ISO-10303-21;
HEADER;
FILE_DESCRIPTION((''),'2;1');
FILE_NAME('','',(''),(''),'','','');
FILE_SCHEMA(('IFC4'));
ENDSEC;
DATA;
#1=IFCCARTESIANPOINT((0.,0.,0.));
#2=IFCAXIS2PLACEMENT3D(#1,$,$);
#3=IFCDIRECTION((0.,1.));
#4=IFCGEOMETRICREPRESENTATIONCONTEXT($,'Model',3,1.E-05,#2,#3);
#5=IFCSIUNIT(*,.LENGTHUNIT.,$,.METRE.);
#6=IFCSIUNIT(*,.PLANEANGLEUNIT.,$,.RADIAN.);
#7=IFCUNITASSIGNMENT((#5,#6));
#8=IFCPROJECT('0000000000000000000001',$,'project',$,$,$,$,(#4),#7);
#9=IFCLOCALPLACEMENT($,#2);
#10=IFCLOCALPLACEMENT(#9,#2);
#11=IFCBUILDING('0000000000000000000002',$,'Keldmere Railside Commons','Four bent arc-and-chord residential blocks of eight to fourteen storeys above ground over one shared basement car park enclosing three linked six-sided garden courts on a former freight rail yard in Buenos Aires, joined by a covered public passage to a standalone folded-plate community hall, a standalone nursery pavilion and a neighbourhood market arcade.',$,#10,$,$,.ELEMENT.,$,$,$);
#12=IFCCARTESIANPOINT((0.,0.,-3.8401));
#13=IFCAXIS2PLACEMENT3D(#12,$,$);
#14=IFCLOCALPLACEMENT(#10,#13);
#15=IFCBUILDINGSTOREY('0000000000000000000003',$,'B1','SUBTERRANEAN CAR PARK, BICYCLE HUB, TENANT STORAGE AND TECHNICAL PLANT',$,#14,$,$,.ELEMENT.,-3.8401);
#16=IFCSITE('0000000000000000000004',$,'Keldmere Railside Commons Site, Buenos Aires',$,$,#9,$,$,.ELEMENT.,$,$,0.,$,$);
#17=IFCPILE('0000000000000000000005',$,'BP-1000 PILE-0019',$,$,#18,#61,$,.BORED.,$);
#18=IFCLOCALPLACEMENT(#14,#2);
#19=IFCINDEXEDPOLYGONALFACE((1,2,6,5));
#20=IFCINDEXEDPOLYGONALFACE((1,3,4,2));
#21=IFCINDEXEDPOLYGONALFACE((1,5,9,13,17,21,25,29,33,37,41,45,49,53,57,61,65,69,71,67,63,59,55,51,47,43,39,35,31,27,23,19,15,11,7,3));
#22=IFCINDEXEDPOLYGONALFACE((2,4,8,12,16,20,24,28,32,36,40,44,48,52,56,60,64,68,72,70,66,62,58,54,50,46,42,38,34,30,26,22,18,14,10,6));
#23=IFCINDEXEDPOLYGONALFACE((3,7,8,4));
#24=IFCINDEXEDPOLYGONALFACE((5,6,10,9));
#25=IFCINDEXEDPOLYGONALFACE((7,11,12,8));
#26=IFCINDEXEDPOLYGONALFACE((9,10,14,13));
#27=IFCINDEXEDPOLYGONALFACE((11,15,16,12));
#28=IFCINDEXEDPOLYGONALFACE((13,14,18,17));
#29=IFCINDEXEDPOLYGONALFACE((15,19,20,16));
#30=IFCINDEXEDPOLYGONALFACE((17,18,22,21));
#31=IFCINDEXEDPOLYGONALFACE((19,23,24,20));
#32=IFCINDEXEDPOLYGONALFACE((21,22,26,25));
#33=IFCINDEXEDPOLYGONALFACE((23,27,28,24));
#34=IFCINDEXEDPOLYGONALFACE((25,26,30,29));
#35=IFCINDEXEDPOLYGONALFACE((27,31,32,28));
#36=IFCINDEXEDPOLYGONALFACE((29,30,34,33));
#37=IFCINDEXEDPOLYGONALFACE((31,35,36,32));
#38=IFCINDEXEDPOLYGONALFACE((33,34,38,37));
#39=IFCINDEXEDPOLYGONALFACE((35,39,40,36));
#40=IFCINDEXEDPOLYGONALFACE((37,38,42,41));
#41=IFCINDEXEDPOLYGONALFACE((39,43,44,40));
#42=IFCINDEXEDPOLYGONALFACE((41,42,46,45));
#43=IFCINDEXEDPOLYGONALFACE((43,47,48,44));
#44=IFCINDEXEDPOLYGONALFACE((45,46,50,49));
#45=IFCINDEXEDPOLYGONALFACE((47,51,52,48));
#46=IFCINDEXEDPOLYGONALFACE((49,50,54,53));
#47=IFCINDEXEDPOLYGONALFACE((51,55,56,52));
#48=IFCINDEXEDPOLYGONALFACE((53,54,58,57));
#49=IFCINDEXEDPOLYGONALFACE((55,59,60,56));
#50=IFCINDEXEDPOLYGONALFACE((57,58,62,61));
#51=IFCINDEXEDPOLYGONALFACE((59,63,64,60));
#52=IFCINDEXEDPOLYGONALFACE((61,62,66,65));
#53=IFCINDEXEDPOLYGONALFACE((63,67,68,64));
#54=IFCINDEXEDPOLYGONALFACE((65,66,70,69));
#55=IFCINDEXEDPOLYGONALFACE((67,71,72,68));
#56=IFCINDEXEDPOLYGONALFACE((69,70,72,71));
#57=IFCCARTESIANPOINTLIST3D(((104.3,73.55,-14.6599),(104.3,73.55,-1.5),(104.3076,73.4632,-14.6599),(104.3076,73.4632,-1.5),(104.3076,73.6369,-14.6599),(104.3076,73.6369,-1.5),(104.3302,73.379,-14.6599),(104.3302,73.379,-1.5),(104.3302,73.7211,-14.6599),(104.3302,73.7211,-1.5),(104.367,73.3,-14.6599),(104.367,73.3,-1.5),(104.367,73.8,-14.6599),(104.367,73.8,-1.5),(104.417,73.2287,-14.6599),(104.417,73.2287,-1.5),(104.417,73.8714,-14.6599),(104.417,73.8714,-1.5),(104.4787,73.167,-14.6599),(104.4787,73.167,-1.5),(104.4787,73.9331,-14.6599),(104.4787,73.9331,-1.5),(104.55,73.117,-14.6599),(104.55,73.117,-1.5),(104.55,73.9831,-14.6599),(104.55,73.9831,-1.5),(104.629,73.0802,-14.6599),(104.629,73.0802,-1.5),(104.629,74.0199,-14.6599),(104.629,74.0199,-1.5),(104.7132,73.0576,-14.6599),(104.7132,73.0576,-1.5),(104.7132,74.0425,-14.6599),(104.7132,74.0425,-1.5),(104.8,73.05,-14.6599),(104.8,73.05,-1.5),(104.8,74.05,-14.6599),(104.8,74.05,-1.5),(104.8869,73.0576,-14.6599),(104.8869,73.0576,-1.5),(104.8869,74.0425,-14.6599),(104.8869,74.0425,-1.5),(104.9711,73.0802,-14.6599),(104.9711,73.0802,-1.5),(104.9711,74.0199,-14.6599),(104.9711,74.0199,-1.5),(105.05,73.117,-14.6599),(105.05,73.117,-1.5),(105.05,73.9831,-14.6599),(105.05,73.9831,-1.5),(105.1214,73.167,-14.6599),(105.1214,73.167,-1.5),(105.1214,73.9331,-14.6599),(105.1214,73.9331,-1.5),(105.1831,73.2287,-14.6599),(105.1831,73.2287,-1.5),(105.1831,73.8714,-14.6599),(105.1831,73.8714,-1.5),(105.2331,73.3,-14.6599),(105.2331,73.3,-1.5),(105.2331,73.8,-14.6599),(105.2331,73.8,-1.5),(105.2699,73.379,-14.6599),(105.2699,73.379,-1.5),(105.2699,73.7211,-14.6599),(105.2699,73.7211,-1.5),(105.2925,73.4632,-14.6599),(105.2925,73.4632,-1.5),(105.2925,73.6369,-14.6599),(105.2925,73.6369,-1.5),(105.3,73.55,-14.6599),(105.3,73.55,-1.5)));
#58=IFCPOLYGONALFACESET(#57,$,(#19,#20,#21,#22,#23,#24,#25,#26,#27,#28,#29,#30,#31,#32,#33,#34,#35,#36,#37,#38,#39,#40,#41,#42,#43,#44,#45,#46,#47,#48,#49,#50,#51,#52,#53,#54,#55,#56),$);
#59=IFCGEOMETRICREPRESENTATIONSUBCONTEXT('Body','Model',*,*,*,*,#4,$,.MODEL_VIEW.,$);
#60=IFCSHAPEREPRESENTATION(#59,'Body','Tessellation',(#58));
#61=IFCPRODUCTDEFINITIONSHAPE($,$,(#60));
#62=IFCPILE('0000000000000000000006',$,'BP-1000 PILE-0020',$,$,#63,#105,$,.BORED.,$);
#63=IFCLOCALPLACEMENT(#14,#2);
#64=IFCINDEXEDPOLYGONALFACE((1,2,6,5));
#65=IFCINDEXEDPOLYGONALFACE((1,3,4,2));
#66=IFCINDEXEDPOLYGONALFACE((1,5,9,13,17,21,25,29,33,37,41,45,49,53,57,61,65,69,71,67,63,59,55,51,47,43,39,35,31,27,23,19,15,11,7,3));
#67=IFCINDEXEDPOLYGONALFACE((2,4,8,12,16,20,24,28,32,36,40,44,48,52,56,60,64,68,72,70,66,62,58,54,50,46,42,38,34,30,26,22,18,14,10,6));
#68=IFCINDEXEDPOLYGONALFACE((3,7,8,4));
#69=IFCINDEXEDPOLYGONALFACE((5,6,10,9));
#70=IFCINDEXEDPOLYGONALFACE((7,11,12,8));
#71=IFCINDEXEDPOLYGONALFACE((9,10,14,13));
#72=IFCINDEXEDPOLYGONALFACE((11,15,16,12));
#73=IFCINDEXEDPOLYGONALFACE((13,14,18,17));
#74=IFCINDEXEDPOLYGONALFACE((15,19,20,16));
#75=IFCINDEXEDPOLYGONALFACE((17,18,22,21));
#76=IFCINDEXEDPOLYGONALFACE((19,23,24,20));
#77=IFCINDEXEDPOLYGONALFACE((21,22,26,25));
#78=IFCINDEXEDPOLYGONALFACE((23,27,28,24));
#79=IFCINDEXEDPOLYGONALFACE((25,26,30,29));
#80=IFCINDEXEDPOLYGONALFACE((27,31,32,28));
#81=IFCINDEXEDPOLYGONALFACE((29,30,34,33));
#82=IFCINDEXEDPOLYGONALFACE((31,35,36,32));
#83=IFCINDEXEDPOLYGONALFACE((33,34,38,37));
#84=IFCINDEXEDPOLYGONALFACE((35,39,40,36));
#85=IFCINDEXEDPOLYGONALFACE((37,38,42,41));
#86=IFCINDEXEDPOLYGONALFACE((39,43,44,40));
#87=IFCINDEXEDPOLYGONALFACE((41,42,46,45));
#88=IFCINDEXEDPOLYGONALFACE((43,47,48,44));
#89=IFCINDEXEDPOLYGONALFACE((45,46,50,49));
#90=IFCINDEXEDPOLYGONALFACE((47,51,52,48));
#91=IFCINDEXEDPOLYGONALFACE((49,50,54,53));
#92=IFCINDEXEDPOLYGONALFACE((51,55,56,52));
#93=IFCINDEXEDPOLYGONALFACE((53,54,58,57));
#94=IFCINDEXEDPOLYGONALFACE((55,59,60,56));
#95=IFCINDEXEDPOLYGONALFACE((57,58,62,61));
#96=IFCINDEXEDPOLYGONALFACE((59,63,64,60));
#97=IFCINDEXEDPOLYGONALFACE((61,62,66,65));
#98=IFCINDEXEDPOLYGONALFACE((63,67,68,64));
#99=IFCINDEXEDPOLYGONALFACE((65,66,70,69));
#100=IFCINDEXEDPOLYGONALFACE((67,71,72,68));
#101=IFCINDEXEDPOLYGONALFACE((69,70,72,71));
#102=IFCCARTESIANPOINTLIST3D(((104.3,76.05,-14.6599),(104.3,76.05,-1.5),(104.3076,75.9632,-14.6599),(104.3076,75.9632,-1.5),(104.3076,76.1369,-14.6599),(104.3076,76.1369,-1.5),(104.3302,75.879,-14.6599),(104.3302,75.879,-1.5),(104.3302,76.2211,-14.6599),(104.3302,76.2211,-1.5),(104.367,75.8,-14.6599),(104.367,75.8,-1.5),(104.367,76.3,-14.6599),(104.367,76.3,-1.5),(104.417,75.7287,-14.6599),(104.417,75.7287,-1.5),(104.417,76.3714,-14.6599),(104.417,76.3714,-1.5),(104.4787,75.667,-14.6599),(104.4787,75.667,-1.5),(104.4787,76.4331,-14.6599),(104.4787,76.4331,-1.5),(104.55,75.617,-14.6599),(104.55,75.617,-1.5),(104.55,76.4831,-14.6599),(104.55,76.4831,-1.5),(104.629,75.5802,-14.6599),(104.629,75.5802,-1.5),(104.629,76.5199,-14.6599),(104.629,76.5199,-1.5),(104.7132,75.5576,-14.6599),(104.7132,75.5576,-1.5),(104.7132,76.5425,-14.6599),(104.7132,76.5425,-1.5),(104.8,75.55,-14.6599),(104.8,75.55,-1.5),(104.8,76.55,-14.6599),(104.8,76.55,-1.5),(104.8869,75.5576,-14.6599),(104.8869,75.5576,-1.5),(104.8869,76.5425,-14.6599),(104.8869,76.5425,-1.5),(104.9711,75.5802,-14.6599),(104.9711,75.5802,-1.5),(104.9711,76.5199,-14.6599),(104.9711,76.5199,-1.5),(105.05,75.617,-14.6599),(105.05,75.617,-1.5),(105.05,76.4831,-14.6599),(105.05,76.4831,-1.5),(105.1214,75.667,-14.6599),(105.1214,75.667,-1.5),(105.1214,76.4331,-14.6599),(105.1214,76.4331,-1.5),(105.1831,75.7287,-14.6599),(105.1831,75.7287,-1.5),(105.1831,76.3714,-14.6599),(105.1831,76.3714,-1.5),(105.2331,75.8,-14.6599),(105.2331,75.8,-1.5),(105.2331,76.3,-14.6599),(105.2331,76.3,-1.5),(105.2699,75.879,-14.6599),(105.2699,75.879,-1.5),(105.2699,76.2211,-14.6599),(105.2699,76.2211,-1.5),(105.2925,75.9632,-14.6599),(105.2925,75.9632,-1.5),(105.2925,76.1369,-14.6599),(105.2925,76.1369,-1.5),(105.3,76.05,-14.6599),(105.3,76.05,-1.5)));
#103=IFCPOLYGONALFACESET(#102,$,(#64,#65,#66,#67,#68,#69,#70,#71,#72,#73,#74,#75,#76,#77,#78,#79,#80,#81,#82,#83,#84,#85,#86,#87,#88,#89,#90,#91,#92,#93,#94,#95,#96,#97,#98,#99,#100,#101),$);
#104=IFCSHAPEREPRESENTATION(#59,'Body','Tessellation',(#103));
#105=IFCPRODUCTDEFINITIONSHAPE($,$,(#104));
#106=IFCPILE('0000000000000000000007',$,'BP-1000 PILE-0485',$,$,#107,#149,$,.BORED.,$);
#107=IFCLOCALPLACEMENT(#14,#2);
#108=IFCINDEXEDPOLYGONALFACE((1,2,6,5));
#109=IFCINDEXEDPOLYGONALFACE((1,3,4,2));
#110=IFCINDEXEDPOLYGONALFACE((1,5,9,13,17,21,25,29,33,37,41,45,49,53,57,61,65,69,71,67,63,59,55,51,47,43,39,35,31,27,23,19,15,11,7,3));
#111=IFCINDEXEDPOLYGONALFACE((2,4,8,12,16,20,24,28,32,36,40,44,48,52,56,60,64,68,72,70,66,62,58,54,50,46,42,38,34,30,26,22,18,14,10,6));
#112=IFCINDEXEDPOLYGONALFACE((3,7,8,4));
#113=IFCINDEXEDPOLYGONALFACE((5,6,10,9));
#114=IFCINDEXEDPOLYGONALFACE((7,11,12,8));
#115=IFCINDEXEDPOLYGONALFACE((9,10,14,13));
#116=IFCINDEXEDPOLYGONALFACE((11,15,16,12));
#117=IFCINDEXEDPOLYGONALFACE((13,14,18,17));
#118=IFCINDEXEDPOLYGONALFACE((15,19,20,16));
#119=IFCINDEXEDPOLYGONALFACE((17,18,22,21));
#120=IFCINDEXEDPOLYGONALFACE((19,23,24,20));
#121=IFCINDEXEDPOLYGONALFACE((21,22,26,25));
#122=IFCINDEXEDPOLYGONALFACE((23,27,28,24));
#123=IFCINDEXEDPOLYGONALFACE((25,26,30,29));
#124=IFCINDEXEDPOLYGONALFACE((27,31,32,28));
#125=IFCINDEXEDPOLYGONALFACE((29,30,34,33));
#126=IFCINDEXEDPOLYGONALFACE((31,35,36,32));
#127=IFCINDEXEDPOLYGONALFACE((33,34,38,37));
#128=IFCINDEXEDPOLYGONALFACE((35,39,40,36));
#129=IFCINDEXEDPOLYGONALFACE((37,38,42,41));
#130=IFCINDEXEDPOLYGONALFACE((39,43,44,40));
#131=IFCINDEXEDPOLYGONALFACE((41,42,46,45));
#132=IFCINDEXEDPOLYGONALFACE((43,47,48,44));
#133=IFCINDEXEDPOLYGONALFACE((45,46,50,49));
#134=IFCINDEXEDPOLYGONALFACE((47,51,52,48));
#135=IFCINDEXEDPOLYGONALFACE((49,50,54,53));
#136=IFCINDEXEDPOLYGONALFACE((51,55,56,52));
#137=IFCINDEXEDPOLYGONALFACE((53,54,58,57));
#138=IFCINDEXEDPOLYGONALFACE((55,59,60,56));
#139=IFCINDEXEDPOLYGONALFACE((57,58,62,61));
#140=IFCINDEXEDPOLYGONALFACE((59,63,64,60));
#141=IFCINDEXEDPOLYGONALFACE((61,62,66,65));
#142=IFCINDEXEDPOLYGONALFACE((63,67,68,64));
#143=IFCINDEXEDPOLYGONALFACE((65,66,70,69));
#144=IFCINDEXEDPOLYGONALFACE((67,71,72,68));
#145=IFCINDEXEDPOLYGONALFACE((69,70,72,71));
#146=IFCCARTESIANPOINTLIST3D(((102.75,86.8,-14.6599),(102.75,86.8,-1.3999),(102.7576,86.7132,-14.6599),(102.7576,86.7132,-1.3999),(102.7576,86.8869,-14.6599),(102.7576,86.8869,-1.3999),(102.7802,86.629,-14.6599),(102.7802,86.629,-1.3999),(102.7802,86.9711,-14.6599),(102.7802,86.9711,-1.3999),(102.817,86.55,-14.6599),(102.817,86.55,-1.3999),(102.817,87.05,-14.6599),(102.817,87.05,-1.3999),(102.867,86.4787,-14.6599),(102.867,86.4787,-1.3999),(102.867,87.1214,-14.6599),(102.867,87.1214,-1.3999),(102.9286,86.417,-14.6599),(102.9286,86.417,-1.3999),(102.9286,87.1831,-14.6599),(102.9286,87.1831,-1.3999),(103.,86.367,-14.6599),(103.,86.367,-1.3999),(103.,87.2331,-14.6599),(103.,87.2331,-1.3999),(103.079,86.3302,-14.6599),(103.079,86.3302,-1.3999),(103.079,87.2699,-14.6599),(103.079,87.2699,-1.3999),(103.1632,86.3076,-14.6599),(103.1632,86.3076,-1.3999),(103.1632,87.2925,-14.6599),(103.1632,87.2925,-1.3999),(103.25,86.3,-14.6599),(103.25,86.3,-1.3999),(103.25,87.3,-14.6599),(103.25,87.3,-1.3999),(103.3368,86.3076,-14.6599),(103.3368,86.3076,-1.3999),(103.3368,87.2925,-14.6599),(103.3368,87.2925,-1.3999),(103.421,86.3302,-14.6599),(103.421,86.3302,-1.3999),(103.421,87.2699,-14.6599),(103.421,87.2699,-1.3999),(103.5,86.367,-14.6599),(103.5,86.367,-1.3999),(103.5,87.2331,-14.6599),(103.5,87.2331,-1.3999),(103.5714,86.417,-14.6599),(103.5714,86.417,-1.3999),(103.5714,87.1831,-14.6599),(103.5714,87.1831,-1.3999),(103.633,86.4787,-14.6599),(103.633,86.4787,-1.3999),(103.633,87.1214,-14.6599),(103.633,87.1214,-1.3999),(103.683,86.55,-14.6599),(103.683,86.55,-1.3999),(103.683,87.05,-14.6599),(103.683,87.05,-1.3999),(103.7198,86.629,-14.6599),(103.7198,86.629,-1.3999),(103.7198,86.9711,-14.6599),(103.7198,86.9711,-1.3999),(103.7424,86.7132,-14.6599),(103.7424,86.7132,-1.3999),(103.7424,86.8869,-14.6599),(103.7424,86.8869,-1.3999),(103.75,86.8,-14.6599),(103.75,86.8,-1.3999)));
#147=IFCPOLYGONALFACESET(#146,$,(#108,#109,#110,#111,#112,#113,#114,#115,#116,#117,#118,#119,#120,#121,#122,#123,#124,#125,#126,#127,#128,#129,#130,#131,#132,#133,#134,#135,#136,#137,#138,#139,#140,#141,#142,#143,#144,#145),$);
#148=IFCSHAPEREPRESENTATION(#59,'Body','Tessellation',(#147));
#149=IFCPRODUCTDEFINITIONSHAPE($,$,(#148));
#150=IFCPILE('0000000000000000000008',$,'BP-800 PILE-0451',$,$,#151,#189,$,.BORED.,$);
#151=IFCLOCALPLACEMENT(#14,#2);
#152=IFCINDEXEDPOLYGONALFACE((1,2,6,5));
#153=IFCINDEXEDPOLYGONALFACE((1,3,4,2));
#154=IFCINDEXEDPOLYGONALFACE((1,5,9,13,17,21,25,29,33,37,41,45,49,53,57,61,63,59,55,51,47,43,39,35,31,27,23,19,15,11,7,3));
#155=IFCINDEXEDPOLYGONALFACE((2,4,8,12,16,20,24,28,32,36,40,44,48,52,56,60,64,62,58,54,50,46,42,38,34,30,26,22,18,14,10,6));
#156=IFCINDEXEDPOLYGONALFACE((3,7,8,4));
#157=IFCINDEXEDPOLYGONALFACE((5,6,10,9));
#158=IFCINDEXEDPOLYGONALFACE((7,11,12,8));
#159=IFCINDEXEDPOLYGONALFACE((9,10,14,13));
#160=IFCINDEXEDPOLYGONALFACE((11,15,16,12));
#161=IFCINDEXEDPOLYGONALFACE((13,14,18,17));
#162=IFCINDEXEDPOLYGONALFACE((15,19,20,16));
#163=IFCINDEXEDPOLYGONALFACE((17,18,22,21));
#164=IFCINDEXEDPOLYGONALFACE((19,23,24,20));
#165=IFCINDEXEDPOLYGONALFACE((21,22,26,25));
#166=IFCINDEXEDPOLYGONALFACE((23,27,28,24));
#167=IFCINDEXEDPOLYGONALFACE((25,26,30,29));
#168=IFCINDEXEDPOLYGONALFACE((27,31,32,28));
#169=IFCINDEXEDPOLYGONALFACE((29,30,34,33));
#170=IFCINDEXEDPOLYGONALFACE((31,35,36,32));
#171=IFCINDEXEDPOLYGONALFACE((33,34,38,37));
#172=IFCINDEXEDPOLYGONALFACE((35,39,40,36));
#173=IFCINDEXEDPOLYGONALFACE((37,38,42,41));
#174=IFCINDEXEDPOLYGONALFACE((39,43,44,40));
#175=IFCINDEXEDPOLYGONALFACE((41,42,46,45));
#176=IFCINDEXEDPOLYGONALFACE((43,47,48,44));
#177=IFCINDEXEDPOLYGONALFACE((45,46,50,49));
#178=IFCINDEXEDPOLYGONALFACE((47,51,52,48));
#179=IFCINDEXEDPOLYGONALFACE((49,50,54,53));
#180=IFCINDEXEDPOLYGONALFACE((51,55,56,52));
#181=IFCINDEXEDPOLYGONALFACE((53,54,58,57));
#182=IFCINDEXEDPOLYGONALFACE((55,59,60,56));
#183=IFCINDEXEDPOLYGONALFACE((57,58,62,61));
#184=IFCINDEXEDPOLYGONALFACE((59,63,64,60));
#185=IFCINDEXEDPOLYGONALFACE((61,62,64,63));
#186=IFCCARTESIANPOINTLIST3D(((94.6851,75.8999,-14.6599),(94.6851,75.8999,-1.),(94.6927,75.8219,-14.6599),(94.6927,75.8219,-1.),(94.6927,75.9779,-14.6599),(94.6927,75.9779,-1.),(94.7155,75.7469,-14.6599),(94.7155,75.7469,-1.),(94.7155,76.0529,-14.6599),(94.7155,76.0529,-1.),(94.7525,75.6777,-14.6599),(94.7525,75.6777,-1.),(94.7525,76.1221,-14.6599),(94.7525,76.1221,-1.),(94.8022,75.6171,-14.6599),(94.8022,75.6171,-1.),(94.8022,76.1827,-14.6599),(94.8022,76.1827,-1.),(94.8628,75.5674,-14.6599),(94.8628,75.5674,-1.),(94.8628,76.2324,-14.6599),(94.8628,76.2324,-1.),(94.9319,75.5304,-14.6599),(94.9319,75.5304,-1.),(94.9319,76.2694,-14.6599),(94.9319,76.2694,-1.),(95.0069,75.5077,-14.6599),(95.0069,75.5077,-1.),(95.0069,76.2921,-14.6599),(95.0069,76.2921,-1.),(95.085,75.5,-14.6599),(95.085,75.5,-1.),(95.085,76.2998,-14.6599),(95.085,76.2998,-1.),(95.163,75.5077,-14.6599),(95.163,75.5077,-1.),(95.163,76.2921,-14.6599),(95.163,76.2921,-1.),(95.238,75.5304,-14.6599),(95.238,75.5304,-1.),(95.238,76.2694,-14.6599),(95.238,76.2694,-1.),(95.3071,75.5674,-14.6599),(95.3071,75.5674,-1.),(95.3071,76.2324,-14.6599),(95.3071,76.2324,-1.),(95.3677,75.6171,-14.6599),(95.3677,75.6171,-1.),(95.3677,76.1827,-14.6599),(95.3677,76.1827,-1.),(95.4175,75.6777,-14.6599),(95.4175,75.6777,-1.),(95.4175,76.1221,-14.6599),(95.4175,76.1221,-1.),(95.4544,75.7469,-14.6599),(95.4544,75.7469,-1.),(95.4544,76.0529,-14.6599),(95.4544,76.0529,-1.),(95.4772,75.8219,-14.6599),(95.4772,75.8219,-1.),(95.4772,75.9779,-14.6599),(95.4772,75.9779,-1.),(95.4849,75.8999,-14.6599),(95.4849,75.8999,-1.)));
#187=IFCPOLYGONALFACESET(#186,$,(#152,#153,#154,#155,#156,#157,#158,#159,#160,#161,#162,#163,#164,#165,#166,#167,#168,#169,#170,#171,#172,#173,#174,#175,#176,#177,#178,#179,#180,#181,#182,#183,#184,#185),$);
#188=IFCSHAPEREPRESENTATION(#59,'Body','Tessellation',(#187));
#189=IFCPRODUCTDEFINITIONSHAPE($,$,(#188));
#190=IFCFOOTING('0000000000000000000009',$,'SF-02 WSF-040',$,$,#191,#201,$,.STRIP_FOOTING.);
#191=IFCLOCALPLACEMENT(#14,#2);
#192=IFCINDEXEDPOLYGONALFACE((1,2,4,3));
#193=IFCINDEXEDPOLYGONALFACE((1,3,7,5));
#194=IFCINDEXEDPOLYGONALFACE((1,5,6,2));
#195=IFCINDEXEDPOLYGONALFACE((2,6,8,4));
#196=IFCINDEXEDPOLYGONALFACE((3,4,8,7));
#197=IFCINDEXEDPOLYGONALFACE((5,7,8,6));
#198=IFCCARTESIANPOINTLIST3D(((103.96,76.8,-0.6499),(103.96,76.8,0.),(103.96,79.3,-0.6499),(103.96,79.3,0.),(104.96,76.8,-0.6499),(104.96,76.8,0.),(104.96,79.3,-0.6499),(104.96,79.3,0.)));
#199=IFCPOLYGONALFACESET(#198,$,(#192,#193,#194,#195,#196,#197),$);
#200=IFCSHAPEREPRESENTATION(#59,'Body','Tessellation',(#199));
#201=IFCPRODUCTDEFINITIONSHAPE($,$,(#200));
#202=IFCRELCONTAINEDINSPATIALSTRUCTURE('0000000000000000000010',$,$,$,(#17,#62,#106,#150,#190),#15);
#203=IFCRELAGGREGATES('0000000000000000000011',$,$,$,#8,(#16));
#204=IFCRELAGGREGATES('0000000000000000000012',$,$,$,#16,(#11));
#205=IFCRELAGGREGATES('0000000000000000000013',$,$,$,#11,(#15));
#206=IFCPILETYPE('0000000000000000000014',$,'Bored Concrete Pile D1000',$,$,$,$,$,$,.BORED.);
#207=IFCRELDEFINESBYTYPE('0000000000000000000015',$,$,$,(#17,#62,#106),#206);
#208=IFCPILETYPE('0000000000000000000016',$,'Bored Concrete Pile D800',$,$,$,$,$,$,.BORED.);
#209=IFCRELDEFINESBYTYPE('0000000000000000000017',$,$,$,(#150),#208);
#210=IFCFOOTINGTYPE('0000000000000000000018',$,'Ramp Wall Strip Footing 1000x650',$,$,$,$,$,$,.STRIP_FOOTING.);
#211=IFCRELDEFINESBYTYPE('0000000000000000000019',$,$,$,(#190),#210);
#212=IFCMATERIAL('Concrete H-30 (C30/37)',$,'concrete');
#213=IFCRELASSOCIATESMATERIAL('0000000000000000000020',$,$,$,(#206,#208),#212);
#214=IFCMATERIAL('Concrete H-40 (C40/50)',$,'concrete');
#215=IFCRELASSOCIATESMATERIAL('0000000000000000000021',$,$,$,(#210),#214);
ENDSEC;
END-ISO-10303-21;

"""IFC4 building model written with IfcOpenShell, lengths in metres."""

from ifc_helpers import new_model, si_unit, direction, frame, origin, origin_2d, place, context, subcontext, project, spatial, rectangle, circle, extrude, material, material_profile, profile_set, type_object, element, save


model = new_model("IFC4")

# Units and contexts
model_context = context("Model", 3, precision=1e-05, world=origin(), true_north=direction((0.0, 1.0)))
body_context = subcontext(model_context, "Body", "Model", "MODEL_VIEW")
ifc_project = project(units=[si_unit("LENGTHUNIT", "METRE"), si_unit("PLANEANGLEUNIT", "RADIAN")], contexts=[model_context])

# Site, building, storey
site_placement = place(None, origin())
site = spatial("IfcSite", under=ifc_project, at=site_placement, Name="Keldmere Railside Commons Site, Buenos Aires", CompositionType="ELEMENT", RefElevation=0.0)
building_placement = place(site_placement, origin())
building = spatial("IfcBuilding", under=site, at=building_placement, Name="Keldmere Railside Commons", Description="Four bent arc-and-chord residential blocks of eight to fourteen storeys above ground over one shared basement car park enclosing three linked six-sided garden courts on a former freight rail yard in Buenos Aires, joined by a covered public passage to a standalone folded-plate community hall, a standalone nursery pavilion and a neighbourhood market arcade.", CompositionType="ELEMENT")
storey_placement = place(building_placement, frame((0.0, 0.0, -3.8401)))
storey = spatial("IfcBuildingStorey", under=building, at=storey_placement, Name="B1", Description="SUBTERRANEAN CAR PARK, BICYCLE HUB, TENANT STORAGE AND TECHNICAL PLANT", CompositionType="ELEMENT", Elevation=-3.8401)

# Piles
ifc_material_1 = material(Name="Concrete H-30 (C30/37)", Category="concrete")
ifc_material_profile_1 = material_profile(ifc_material_1, circle(Radius=0.5, at=origin_2d()), Name="PILE-D1000")
ifc_profile_set_1 = profile_set([ifc_material_profile_1], Name="Concrete H-30 (C30/37)")
pile_type_1 = type_object("IfcPileType", Name="Bored Concrete Pile D1000", PredefinedType="BORED", material=ifc_profile_set_1)
for number, where, z_axis, x_axis, name in (
    (1, (104.8, 73.55, -1.5), (0.0, 0.0, -1.0), (1.0, 0.0, 0.0), "BP-1000 PILE-0019"),
    (2, (104.8, 76.05, -1.5), (0.0, 0.0, -1.0), (1.0, 0.0, 0.0), "BP-1000 PILE-0020"),
):
    element("IfcPile", number, at=place(storey_placement, frame(where, z_axis=z_axis, x_axis=x_axis)), inside=storey, type_object=pile_type_1, Name=name, PredefinedType="BORED", context=body_context, shape_type="SweptSolid", body=[
        extrude(circle(Radius=0.5, at=origin_2d()), origin(), (0.0, 0.0, 1.0), 13.1599),
    ])
pile_1_placement = place(storey_placement, frame((103.25, 86.8, -1.3999), z_axis=(0.0, 0.0, -1.0), x_axis=(1.0, 0.0, 0.0)))
element("IfcPile", 3, at=pile_1_placement, inside=storey, type_object=pile_type_1, Name="BP-1000 PILE-0485", PredefinedType="BORED", context=body_context, shape_type="SweptSolid", body=[
    extrude(circle(Radius=0.5, at=origin_2d()), origin(), (0.0, 0.0, 1.0), 13.26),
])
ifc_material_profile_2 = material_profile(ifc_material_1, circle(Radius=0.3999, at=origin_2d()), Name="PILE-D800")
ifc_profile_set_2 = profile_set([ifc_material_profile_2], Name="Concrete H-30 (C30/37)")
pile_type_2 = type_object("IfcPileType", Name="Bored Concrete Pile D800", PredefinedType="BORED", material=ifc_profile_set_2)
pile_2_placement = place(storey_placement, frame((95.085, 75.8999, -1.0), z_axis=(0.0, 0.0, -1.0), x_axis=(1.0, 0.0, 0.0)))
element("IfcPile", 4, at=pile_2_placement, inside=storey, type_object=pile_type_2, Name="BP-800 PILE-0451", PredefinedType="BORED", context=body_context, shape_type="SweptSolid", body=[
    extrude(circle(Radius=0.3999, at=origin_2d()), origin(), (0.0, 0.0, 1.0), 13.6599),
])

# Footing
ifc_material_2 = material(Name="Concrete H-40 (C40/50)", Category="concrete")
footing_type_1 = type_object("IfcFootingType", Name="Ramp Wall Strip Footing 1000x650", PredefinedType="STRIP_FOOTING", material=ifc_material_2)
footing_1_placement = place(storey_placement, frame((104.46, 78.05, -0.6499), z_axis=(0.0, 0.0, 1.0), x_axis=(0.0, 1.0, 0.0)))
element("IfcFooting", 5, at=footing_1_placement, inside=storey, type_object=footing_type_1, Name="SF-02 WSF-040", PredefinedType="STRIP_FOOTING", context=body_context, shape_type="SweptSolid", body=[
    extrude(rectangle(XDim=2.5, YDim=1.0, at=origin_2d()), origin(), (0.0, 0.0, 1.0), 0.6499),
])

save(model, "model.ifc")
